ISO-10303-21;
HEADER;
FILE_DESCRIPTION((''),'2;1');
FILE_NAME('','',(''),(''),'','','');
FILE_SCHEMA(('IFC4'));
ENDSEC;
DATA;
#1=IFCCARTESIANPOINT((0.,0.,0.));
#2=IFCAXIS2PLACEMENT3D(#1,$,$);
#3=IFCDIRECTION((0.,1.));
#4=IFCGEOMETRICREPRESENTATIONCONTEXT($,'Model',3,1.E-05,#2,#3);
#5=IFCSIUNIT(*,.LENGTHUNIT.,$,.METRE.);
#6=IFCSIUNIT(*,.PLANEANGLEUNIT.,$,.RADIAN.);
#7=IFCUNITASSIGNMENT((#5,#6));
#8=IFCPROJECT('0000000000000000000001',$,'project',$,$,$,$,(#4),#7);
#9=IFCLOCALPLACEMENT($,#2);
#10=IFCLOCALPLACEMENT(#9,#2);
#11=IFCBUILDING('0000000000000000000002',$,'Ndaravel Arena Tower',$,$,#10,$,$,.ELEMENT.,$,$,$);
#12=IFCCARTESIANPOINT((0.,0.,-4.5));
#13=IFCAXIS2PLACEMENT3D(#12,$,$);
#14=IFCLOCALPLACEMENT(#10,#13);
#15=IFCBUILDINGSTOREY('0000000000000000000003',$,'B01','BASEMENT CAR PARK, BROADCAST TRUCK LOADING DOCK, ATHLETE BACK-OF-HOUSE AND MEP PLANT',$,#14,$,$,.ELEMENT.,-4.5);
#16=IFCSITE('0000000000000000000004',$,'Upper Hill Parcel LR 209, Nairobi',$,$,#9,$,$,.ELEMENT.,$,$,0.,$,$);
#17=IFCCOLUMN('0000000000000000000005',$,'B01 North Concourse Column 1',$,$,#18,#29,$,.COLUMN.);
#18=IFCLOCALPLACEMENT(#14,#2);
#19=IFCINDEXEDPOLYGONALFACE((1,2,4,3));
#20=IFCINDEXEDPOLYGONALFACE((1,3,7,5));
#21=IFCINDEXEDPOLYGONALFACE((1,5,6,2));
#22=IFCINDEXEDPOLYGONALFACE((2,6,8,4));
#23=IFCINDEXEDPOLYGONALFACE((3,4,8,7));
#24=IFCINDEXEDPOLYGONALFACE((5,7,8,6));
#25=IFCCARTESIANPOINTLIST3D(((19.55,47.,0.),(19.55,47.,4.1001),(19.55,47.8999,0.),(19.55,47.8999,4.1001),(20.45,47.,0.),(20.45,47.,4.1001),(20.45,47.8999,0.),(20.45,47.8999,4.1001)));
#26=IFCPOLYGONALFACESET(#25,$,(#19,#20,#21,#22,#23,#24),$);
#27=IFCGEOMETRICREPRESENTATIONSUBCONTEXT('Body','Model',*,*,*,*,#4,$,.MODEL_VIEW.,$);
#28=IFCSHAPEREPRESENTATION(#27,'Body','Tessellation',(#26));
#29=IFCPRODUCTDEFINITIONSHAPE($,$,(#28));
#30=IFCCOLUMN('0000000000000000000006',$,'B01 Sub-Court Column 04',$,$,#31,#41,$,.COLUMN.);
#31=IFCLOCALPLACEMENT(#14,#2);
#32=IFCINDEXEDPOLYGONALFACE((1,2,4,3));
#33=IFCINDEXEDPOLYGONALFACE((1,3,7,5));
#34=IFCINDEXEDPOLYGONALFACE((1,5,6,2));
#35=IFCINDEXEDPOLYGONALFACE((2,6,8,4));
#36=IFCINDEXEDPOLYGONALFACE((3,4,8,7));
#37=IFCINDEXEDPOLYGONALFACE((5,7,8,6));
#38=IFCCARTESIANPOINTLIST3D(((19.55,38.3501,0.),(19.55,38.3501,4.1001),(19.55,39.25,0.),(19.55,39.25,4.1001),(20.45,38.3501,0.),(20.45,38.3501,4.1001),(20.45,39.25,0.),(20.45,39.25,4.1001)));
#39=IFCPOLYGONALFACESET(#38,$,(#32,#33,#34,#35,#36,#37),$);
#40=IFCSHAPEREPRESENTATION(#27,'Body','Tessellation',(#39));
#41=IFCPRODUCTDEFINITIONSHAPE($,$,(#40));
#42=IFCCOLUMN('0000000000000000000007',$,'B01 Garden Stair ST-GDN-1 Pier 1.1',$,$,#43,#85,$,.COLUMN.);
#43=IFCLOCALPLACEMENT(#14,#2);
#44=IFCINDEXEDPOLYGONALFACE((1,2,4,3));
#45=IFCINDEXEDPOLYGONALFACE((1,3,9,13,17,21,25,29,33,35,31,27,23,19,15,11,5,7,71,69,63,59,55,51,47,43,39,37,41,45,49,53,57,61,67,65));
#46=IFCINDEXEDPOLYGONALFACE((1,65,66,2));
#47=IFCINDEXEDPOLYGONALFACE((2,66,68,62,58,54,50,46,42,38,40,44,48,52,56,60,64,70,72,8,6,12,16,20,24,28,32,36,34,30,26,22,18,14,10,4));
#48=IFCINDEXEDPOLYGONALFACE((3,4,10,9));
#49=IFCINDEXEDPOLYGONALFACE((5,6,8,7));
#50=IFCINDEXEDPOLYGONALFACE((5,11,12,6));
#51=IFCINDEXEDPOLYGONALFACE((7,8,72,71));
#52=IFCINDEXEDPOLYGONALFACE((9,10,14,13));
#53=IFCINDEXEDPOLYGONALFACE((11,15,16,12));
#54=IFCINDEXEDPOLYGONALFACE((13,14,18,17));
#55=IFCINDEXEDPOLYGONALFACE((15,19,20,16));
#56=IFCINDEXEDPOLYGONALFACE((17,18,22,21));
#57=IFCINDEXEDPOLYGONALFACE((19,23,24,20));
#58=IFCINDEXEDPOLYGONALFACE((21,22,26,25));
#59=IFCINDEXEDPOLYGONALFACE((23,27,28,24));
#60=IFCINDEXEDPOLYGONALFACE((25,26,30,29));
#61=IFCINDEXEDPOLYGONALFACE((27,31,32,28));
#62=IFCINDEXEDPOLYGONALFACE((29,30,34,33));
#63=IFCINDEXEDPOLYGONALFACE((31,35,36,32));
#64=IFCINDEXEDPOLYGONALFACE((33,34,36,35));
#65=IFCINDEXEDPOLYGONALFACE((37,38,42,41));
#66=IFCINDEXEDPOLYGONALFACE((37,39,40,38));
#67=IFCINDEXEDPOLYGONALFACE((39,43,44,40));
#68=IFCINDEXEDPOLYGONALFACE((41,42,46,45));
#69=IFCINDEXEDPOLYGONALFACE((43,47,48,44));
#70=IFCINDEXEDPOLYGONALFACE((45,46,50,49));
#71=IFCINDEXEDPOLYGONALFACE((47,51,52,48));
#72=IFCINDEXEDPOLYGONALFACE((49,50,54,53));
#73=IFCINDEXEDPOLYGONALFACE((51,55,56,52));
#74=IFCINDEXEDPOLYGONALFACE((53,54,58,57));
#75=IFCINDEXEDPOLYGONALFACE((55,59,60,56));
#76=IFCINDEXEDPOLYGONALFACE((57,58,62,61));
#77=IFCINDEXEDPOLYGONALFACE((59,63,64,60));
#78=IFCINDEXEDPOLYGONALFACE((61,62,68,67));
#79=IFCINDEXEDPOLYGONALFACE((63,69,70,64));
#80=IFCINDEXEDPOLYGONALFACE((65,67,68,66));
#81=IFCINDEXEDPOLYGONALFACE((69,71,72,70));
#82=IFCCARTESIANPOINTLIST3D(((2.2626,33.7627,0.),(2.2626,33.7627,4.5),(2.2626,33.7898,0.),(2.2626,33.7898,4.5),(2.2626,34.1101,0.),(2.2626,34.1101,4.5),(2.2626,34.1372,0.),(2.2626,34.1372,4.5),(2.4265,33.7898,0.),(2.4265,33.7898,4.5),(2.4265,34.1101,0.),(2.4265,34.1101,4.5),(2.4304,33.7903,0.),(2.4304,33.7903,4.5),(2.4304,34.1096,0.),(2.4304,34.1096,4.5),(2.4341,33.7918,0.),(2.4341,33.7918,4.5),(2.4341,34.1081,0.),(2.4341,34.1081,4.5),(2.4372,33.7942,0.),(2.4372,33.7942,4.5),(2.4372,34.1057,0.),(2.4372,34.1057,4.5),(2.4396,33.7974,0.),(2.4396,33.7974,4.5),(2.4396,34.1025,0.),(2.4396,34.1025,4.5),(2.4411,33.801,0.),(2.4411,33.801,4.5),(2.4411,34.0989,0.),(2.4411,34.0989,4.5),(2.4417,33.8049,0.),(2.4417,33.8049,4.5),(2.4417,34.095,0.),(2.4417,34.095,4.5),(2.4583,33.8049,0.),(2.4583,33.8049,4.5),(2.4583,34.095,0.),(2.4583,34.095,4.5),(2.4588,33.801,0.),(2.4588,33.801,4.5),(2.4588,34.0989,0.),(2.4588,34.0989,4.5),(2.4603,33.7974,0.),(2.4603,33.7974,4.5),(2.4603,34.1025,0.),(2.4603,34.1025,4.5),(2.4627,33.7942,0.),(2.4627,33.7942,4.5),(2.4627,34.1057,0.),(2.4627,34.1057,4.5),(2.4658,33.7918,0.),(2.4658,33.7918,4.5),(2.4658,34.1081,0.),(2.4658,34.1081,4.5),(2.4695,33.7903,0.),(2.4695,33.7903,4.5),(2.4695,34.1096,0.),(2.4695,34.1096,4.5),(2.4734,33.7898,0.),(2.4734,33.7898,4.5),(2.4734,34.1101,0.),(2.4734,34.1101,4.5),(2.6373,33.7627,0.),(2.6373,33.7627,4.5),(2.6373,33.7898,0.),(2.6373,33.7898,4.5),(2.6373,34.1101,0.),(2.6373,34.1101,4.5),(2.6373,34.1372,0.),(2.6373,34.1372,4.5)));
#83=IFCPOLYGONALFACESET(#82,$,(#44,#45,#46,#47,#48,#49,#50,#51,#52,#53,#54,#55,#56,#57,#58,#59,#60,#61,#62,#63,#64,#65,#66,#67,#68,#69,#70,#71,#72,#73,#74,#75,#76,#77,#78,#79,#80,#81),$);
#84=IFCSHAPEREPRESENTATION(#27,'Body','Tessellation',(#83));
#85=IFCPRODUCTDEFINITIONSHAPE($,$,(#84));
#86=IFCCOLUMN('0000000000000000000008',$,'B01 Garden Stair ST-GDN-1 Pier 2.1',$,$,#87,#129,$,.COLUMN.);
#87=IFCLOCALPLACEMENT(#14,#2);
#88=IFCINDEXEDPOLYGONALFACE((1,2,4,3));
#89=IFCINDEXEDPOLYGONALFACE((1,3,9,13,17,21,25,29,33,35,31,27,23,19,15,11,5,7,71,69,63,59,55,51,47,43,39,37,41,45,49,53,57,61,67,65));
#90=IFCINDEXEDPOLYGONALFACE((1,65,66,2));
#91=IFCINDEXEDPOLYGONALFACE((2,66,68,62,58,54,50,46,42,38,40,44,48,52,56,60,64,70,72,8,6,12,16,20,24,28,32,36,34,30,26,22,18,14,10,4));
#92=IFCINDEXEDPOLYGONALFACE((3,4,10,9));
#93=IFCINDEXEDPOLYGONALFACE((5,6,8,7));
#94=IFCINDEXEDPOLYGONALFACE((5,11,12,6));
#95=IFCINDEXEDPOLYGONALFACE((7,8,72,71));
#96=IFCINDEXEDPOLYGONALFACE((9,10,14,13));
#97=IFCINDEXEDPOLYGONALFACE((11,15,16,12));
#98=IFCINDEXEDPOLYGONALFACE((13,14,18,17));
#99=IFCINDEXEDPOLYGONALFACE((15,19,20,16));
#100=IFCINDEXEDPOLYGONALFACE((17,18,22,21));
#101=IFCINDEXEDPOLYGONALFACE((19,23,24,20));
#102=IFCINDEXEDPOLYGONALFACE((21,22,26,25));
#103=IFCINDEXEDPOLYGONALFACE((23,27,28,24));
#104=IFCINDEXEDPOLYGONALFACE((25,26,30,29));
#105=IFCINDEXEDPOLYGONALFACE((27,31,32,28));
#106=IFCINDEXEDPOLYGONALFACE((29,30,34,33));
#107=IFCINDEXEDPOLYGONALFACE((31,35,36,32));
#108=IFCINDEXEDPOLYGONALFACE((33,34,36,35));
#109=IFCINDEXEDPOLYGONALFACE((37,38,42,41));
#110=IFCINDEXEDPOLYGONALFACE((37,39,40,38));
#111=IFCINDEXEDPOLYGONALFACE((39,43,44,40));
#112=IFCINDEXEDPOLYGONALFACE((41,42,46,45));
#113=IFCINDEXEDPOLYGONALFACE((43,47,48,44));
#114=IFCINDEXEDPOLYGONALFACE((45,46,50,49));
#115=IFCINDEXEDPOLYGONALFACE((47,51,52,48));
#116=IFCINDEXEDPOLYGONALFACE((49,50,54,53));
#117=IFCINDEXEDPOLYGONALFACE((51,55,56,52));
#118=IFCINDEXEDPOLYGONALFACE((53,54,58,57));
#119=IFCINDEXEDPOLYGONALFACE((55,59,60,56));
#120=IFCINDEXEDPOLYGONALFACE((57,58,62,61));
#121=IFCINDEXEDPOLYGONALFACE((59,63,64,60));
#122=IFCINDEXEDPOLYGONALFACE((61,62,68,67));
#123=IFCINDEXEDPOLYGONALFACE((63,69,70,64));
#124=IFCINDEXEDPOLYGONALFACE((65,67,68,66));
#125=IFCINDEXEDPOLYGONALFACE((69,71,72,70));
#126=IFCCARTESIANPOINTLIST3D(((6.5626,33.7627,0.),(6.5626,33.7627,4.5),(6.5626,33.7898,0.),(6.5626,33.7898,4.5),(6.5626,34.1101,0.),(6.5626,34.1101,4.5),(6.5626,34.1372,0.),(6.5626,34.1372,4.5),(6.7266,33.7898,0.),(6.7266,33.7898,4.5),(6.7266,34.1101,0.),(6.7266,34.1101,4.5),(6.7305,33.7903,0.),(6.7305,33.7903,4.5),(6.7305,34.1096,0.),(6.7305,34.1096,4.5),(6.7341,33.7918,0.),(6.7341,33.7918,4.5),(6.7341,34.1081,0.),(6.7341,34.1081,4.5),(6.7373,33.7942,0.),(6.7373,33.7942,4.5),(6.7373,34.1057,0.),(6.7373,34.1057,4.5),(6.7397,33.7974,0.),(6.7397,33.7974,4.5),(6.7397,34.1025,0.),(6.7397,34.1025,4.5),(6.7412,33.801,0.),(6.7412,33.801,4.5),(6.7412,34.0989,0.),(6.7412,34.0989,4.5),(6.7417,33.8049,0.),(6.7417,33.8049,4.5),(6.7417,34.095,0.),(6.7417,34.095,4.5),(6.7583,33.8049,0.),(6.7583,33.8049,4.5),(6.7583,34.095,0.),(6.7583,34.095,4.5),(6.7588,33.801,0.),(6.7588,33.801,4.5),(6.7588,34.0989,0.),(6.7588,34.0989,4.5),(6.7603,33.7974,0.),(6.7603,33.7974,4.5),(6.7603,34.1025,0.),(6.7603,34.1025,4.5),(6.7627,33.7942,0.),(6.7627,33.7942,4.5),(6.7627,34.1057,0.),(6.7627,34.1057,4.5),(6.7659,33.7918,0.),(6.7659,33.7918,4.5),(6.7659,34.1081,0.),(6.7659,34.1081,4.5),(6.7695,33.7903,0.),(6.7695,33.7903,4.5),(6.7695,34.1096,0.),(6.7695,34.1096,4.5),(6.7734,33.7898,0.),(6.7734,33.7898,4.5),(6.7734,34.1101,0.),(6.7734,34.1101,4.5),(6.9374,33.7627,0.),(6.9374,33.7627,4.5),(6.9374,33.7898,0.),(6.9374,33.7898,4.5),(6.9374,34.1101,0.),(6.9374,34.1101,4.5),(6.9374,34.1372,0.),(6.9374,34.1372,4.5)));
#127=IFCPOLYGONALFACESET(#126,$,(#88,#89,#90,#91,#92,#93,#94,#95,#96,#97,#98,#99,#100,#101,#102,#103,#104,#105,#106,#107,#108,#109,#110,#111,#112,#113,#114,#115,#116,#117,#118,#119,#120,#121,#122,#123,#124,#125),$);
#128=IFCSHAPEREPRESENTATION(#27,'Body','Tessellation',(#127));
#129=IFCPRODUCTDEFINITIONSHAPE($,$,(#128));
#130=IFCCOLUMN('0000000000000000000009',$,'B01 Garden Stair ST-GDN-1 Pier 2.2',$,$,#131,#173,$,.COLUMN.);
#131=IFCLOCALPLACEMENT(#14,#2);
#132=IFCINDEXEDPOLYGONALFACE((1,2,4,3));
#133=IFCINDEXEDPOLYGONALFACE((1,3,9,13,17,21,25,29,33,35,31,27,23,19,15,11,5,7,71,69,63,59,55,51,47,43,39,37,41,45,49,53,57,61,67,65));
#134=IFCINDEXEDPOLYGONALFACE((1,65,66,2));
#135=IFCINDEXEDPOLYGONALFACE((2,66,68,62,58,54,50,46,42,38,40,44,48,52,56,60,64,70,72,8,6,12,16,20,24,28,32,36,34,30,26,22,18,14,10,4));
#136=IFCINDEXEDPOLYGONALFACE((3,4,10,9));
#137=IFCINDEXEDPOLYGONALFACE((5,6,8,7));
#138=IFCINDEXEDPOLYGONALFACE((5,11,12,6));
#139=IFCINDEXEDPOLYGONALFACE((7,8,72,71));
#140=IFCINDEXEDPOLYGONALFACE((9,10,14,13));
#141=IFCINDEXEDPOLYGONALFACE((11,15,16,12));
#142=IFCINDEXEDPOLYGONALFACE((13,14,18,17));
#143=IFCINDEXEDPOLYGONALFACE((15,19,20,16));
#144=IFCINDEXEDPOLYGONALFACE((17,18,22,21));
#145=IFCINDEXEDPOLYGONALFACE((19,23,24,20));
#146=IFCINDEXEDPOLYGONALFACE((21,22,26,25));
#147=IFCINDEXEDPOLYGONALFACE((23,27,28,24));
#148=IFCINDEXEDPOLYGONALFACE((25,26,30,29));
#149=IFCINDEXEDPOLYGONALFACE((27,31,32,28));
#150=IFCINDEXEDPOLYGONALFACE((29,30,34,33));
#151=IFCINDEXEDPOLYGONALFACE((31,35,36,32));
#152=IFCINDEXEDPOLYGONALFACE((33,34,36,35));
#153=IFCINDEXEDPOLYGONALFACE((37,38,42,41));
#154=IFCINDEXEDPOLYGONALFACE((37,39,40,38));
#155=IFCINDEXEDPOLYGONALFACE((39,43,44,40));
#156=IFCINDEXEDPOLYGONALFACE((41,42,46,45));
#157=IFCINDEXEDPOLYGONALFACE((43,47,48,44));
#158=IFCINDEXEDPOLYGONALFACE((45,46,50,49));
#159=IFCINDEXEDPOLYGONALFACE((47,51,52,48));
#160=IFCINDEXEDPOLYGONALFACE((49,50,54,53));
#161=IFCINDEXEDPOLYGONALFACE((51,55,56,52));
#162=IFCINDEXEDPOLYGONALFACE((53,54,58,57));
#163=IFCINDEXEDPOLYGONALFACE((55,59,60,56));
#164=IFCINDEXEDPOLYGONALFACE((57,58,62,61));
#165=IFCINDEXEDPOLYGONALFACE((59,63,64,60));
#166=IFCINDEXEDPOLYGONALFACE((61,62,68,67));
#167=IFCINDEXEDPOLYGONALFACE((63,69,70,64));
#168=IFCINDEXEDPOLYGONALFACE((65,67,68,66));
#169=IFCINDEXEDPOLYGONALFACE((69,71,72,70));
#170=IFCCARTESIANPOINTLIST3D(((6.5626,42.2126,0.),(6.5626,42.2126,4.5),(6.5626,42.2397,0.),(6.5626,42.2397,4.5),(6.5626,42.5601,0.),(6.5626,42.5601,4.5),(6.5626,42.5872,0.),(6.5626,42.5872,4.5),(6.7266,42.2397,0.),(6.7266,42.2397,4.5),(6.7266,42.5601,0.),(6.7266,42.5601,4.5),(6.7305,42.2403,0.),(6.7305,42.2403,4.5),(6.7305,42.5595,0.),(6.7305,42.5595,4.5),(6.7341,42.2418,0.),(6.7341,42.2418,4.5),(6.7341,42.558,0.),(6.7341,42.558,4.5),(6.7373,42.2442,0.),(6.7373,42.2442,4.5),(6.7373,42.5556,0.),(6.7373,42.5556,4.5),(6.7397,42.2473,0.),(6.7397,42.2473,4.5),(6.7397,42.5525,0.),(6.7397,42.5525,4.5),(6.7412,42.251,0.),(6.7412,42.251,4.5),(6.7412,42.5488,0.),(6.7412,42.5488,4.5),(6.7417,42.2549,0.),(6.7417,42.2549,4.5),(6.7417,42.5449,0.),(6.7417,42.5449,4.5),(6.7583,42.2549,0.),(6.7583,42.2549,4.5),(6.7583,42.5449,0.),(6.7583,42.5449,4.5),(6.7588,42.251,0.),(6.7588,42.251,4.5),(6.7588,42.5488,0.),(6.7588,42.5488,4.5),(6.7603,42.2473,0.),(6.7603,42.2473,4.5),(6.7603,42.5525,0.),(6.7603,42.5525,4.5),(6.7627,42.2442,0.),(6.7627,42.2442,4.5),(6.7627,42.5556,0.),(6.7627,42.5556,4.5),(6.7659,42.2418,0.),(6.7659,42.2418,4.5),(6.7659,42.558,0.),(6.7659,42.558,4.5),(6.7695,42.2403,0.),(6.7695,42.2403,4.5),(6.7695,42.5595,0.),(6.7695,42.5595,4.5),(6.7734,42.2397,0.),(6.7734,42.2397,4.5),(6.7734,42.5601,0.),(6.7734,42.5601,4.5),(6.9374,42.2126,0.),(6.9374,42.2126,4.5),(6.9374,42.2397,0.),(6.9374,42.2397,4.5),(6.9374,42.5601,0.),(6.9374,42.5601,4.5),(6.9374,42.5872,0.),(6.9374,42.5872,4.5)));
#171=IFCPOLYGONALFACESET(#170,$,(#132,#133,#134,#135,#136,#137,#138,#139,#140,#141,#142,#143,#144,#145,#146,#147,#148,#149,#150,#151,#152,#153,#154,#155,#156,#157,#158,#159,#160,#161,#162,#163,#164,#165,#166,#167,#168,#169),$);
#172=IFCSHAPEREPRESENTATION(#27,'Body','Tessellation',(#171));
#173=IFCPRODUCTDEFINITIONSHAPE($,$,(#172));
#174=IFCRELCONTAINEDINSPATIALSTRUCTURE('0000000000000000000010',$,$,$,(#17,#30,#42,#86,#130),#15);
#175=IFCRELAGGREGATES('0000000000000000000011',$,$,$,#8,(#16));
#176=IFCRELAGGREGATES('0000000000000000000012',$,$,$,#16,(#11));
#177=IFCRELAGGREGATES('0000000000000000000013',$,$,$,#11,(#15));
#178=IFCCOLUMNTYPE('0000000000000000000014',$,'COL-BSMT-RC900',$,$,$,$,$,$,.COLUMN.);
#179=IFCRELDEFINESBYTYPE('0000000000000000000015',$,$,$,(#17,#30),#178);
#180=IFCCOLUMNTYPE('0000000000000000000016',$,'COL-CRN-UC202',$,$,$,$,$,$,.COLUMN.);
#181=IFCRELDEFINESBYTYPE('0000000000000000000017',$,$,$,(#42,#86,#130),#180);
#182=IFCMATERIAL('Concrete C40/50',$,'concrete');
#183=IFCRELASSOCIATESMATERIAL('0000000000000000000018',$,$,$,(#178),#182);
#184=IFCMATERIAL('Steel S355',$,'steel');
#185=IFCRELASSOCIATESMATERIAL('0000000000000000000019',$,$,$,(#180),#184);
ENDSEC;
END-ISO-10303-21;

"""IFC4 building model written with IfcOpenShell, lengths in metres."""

from ifc_helpers import new_model, si_unit, direction, frame, origin, origin_2d, place, context, subcontext, project, spatial, rectangle, i_section, extrude, material, material_profile, profile_set, type_object, element, save


model = new_model("IFC4")

# Units and contexts
model_context = context("Model", 3, precision=1e-05, world=origin(), true_north=direction((0.0, 1.0)))
body_context = subcontext(model_context, "Body", "Model", "MODEL_VIEW")
ifc_project = project(units=[si_unit("LENGTHUNIT", "METRE"), si_unit("PLANEANGLEUNIT", "RADIAN")], contexts=[model_context])

# Site, building, storey
site_placement = place(None, origin())
site = spatial("IfcSite", under=ifc_project, at=site_placement, Name="Upper Hill Parcel LR 209, Nairobi", CompositionType="ELEMENT", RefElevation=0.0)
building_placement = place(site_placement, origin())
building = spatial("IfcBuilding", under=site, at=building_placement, Name="Ndaravel Arena Tower", CompositionType="ELEMENT")
storey_placement = place(building_placement, frame((0.0, 0.0, -4.5)))
storey = spatial("IfcBuildingStorey", under=building, at=storey_placement, Name="B01", Description="BASEMENT CAR PARK, BROADCAST TRUCK LOADING DOCK, ATHLETE BACK-OF-HOUSE AND MEP PLANT", CompositionType="ELEMENT", Elevation=-4.5)

# Columns
ifc_material_1 = material(Name="Concrete C40/50", Category="concrete")
ifc_material_profile_1 = material_profile(ifc_material_1, rectangle(XDim=0.8999, YDim=0.8999, at=origin_2d()), Name="RC 900x900")
ifc_profile_set_1 = profile_set([ifc_material_profile_1], Name="Concrete C40/50")
column_type_1 = type_object("IfcColumnType", Name="COL-BSMT-RC900", PredefinedType="COLUMN", material=ifc_profile_set_1)
for number, where, z_axis, x_axis, name in (
    (1, (20.0, 47.45, 0.0), (0.0, 0.0, 1.0), (1.0, 0.0, 0.0), "B01 North Concourse Column 1"),
    (2, (20.0, 38.8, 0.0), (0.0, 0.0, 1.0), (1.0, 0.0, 0.0), "B01 Sub-Court Column 04"),
):
    element("IfcColumn", number, at=place(storey_placement, frame(where, z_axis=z_axis, x_axis=x_axis)), inside=storey, type_object=column_type_1, Name=name, PredefinedType="COLUMN", context=body_context, shape_type="SweptSolid", body=[
        extrude(rectangle(XDim=0.8999, YDim=0.8999, at=origin_2d()), origin(), (0.0, 0.0, 1.0), 4.1001),
    ])
ifc_material_2 = material(Name="Steel S355", Category="steel")
ifc_material_profile_2 = material_profile(ifc_material_2, i_section(OverallWidth=0.3748, OverallDepth=0.3745, WebThickness=0.0166, FlangeThickness=0.0271, FilletRadius=0.0151, at=origin_2d()), Name="UC 356x368x202")
ifc_profile_set_2 = profile_set([ifc_material_profile_2], Name="Steel S355")
column_type_2 = type_object("IfcColumnType", Name="COL-CRN-UC202", PredefinedType="COLUMN", material=ifc_profile_set_2)
for number, where, z_axis, x_axis, name in (
    (3, (2.45, 33.95, 0.0), (0.0, 0.0, 1.0), (1.0, 0.0, 0.0), "B01 Garden Stair ST-GDN-1 Pier 1.1"),
    (4, (6.75, 33.95, 0.0), (0.0, 0.0, 1.0), (1.0, 0.0, 0.0), "B01 Garden Stair ST-GDN-1 Pier 2.1"),
    (5, (6.75, 42.3999, 0.0), (0.0, 0.0, 1.0), (1.0, 0.0, 0.0), "B01 Garden Stair ST-GDN-1 Pier 2.2"),
):
    element("IfcColumn", number, at=place(storey_placement, frame(where, z_axis=z_axis, x_axis=x_axis)), inside=storey, type_object=column_type_2, Name=name, PredefinedType="COLUMN", context=body_context, shape_type="SweptSolid", body=[
        extrude(i_section(OverallWidth=0.3748, OverallDepth=0.3745, WebThickness=0.0166, FlangeThickness=0.0271, FilletRadius=0.0151, at=origin_2d()), origin(), (0.0, 0.0, 1.0), 4.5),
    ])

save(model, "model.ifc")
